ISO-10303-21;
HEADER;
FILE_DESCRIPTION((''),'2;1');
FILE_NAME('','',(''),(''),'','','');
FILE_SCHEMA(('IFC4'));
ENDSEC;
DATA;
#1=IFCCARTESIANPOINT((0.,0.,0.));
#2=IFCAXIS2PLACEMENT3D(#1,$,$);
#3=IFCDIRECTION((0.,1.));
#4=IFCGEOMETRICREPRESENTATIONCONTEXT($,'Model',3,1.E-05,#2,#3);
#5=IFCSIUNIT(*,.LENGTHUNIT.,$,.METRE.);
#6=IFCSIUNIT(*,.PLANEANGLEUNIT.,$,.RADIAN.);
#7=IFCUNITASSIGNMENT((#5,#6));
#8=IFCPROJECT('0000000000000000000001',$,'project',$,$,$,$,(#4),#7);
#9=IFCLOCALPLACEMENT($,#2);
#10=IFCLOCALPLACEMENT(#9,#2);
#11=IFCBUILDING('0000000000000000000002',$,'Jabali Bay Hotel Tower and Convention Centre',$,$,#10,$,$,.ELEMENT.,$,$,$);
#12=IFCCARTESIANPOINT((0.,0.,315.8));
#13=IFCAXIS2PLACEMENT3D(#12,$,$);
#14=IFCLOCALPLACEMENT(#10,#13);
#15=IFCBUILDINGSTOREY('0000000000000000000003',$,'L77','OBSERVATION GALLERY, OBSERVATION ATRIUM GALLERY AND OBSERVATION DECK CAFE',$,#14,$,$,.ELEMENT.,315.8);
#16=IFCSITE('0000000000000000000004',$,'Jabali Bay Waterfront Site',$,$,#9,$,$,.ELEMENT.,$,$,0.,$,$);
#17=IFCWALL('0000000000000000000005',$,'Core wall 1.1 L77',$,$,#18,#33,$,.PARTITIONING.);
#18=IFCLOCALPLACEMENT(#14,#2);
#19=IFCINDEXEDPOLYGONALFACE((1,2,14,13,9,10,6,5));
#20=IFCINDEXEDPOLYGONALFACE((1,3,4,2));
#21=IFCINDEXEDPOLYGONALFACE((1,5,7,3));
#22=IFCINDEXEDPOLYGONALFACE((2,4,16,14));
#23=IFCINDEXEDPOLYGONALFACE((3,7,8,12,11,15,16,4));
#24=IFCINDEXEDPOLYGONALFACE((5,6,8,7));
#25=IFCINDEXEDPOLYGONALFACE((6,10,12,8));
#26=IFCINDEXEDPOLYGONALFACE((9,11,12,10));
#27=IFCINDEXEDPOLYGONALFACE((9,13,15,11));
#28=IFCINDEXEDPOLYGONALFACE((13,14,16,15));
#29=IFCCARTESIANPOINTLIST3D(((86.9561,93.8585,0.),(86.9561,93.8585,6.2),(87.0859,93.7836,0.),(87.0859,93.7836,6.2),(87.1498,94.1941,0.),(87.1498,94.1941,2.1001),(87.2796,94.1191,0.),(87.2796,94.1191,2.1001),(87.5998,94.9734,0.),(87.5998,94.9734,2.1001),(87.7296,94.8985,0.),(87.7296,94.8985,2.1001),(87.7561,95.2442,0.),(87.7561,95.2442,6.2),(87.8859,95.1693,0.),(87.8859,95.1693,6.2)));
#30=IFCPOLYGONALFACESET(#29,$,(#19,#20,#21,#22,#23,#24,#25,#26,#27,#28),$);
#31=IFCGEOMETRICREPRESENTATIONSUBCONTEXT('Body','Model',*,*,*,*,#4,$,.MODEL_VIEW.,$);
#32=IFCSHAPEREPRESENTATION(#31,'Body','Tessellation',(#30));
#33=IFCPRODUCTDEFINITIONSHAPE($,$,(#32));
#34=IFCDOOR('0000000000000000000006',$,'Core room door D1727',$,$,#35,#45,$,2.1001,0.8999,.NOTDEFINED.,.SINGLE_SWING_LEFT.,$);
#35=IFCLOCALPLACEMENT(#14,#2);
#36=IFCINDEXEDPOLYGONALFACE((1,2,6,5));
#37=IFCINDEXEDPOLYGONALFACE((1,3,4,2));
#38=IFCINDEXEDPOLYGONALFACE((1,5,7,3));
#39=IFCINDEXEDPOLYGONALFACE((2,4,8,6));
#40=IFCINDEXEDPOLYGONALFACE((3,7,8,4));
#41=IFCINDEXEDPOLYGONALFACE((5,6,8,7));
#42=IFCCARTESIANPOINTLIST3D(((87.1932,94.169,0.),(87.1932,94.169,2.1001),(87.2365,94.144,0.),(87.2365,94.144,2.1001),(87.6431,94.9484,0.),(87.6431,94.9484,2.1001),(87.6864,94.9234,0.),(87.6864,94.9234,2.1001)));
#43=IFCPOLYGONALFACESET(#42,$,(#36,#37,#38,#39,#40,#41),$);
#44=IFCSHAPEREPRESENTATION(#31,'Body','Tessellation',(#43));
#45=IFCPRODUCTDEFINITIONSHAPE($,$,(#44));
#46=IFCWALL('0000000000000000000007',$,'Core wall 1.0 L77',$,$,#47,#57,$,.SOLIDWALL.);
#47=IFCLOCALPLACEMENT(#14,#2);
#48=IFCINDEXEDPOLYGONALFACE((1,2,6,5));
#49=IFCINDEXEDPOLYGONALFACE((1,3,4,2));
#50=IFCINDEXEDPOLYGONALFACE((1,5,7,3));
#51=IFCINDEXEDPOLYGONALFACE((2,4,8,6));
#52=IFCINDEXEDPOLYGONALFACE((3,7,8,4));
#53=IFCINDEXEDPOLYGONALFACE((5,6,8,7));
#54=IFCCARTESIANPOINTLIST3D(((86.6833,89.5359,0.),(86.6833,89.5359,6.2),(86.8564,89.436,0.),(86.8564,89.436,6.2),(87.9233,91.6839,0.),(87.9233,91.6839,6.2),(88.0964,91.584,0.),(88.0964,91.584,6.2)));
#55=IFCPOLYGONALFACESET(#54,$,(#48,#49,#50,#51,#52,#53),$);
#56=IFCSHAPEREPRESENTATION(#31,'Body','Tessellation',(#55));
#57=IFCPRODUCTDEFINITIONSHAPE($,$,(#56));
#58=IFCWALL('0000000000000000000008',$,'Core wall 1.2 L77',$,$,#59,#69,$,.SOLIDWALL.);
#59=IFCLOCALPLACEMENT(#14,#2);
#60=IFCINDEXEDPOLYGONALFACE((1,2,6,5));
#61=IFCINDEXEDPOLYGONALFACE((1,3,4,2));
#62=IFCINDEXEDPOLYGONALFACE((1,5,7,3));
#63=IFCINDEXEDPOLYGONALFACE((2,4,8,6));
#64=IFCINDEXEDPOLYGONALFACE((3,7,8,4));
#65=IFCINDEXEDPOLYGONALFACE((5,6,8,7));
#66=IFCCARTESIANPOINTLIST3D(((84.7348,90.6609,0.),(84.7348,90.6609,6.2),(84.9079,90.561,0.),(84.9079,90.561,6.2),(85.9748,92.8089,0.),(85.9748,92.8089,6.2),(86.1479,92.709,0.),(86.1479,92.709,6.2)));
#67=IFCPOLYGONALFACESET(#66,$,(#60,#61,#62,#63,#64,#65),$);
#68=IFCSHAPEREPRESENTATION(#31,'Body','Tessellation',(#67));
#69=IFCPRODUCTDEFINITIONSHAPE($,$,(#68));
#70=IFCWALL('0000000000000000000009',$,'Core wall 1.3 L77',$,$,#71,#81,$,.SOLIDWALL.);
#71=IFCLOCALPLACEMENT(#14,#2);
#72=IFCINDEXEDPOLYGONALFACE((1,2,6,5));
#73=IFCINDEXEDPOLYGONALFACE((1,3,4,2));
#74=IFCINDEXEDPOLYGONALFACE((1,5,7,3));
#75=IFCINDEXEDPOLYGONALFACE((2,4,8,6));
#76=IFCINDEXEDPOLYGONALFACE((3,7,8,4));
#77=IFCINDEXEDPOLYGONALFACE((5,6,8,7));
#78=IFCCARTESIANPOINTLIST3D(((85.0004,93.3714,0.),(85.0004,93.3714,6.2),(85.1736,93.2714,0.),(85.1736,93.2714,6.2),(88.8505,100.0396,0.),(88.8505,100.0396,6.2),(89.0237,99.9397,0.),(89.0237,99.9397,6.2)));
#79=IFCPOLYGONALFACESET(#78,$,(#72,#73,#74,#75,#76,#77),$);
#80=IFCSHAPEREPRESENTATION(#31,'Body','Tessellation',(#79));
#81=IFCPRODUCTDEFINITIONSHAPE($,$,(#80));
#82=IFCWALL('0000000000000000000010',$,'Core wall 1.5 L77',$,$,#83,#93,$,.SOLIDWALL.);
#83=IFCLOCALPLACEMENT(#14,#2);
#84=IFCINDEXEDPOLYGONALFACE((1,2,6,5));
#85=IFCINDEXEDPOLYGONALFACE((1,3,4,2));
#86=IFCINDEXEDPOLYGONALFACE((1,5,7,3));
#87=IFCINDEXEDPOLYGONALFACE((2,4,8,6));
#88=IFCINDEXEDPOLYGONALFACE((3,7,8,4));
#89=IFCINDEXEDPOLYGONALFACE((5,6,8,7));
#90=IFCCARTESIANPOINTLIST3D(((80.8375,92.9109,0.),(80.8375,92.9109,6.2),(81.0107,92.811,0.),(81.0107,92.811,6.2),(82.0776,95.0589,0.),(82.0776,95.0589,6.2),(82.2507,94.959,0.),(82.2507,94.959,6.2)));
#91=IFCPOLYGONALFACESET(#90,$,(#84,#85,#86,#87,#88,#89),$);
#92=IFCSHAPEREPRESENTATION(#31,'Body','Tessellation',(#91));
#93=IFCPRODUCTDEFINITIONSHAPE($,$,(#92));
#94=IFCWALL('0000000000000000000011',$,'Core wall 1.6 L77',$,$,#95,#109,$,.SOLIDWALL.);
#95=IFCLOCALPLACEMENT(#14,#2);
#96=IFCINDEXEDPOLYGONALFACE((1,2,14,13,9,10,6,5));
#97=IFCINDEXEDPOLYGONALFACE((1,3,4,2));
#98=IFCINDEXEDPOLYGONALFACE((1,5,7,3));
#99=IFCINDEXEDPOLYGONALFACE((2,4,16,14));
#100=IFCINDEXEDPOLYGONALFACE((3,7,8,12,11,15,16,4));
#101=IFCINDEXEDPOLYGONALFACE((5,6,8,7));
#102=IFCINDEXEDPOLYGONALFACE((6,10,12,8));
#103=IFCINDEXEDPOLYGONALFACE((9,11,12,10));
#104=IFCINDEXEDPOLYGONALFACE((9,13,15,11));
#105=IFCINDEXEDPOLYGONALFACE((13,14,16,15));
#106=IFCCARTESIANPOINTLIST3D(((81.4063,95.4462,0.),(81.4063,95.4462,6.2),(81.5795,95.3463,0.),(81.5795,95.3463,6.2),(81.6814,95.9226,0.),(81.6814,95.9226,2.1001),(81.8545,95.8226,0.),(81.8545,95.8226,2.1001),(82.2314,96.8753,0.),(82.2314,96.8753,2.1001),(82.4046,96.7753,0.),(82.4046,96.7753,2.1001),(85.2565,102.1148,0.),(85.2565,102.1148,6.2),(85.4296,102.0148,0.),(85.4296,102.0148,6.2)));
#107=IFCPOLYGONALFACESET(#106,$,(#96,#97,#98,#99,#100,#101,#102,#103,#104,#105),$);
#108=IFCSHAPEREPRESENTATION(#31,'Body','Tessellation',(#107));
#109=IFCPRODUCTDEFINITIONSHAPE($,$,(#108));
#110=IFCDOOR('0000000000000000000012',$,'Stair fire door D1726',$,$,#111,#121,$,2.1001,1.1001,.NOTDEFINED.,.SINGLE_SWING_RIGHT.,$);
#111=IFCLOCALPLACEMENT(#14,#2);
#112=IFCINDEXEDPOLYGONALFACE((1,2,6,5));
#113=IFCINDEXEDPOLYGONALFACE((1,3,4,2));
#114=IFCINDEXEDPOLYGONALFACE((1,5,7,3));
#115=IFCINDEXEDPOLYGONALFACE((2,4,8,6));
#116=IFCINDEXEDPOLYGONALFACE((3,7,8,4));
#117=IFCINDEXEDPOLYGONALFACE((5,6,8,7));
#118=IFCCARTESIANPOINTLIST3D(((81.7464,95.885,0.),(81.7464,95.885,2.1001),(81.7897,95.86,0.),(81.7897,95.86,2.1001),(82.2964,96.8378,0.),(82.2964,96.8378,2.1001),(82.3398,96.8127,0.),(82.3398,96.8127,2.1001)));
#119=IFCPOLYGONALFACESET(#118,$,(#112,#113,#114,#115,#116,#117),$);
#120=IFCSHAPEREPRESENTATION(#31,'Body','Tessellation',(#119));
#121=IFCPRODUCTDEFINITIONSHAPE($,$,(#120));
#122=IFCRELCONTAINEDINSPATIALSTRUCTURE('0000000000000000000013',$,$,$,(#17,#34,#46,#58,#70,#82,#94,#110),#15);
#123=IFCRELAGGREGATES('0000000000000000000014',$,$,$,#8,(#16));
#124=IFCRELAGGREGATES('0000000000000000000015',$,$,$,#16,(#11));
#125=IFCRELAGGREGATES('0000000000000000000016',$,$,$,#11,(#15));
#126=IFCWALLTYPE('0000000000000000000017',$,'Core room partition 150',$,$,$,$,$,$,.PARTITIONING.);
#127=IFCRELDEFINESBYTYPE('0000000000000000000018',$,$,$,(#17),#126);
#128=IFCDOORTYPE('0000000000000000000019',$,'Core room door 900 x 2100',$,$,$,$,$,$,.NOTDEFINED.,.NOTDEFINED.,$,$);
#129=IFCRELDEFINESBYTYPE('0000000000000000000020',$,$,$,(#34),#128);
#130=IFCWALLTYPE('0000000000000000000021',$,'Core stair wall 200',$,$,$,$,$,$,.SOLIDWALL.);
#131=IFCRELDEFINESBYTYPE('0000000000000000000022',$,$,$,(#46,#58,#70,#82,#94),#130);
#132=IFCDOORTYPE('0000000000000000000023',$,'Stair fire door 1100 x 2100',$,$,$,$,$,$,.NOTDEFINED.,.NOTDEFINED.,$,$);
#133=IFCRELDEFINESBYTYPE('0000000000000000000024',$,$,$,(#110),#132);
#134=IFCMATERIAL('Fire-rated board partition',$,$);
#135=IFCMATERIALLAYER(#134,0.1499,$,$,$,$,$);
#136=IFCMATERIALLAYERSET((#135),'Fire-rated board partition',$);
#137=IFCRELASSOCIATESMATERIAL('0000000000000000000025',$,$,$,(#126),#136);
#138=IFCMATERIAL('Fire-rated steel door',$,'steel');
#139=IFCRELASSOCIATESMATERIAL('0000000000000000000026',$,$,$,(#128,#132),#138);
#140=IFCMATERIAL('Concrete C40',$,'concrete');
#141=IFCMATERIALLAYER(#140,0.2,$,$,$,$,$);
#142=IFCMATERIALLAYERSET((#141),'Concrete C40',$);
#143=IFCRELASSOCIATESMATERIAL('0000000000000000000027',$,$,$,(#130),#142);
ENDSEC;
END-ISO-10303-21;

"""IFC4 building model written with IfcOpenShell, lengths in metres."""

from ifc_helpers import new_model, si_unit, direction, frame, frame_2d, origin, place, context, subcontext, project, spatial, rectangle, extrude, material, layer, layer_set, type_object, element, fill, save


model = new_model("IFC4")

# Units and contexts
model_context = context("Model", 3, precision=1e-05, world=origin(), true_north=direction((0.0, 1.0)))
body_context = subcontext(model_context, "Body", "Model", "MODEL_VIEW")
ifc_project = project(units=[si_unit("LENGTHUNIT", "METRE"), si_unit("PLANEANGLEUNIT", "RADIAN")], contexts=[model_context])

# Site, building, storey
site_placement = place(None, origin())
site = spatial("IfcSite", under=ifc_project, at=site_placement, Name="Jabali Bay Waterfront Site", CompositionType="ELEMENT", RefElevation=0.0)
building_placement = place(site_placement, origin())
building = spatial("IfcBuilding", under=site, at=building_placement, Name="Jabali Bay Hotel Tower and Convention Centre", CompositionType="ELEMENT")
storey_placement = place(building_placement, frame((0.0, 0.0, 315.8)))
storey = spatial("IfcBuildingStorey", under=building, at=storey_placement, Name="L77", Description="OBSERVATION GALLERY, OBSERVATION ATRIUM GALLERY AND OBSERVATION DECK CAFE", CompositionType="ELEMENT", Elevation=315.8)

# Wall, opening, door
ifc_material_1 = material(Name="Fire-rated board partition")
ifc_layer_1 = layer(ifc_material_1, 0.1499)
ifc_layer_set_1 = layer_set([ifc_layer_1], Name="Fire-rated board partition")
wall_type_1 = type_object("IfcWallType", Name="Core room partition 150", PredefinedType="PARTITIONING", material=ifc_layer_set_1)
wall_1_placement = place(storey_placement, frame((87.021, 93.821, 0.0), z_axis=(0.0, 0.0, 1.0), x_axis=(0.499995, 0.866028, 0.0)))
wall_1 = element("IfcWall", 1, at=wall_1_placement, inside=storey, type_object=wall_type_1, Name="Core wall 1.1 L77", PredefinedType="PARTITIONING", context=body_context, shape_type="SweptSolid", body=[
    extrude(rectangle(XDim=1.6001, YDim=0.1499, at=frame_2d((0.8, 0.0))), origin(), (0.0, 0.0, 1.0), 6.2),
])
opening_1_placement = place(wall_1_placement, frame((0.3875, 0.0, 0.0)))
opening_1 = element("IfcOpeningElement", 2, at=opening_1_placement, cuts=wall_1, PredefinedType="OPENING", context=body_context, shape_type="SweptSolid", body=[
    extrude(rectangle(XDim=0.8999, YDim=2.1001, at=frame_2d((0.45, 1.05))), frame((0.0, 0.0854, 0.0), z_axis=(0.0, -1.0, 0.0), x_axis=(1.0, 0.0, 0.0)), (0.0, 0.0, 1.0), 0.1709),
])
ifc_material_2 = material(Name="Fire-rated steel door", Category="steel")
door_type_1 = type_object("IfcDoorType", Name="Core room door 900 x 2100", OperationType="NOTDEFINED", PredefinedType="NOTDEFINED", material=ifc_material_2)
door_1_placement = place(opening_1_placement, origin())
door_1 = element("IfcDoor", 3, at=door_1_placement, inside=storey, type_object=door_type_1, Name="Core room door D1727", OperationType="SINGLE_SWING_LEFT", OverallHeight=2.1001, OverallWidth=0.8999, PredefinedType="NOTDEFINED", context=body_context, shape_type="SweptSolid", body=[
    extrude(rectangle(XDim=0.8999, YDim=2.1001, at=frame_2d((0.45, 1.05))), frame((0.0, 0.0249, 0.0), z_axis=(0.0, -1.0, 0.0), x_axis=(1.0, 0.0, 0.0)), (0.0, 0.0, 1.0), 0.05),
])
fill(opening_1, door_1)

# Walls
ifc_material_3 = material(Name="Concrete C40", Category="concrete")
ifc_layer_2 = layer(ifc_material_3, 0.2)
ifc_layer_set_2 = layer_set([ifc_layer_2], Name="Concrete C40")
wall_type_2 = type_object("IfcWallType", Name="Core stair wall 200", PredefinedType="SOLIDWALL", material=ifc_layer_set_2)
for number, where, z_axis, x_axis, name in (
    (4, (86.7698, 89.4858, 0.0), (0.0, 0.0, 1.0), (0.499961, 0.866048, 0.0), "Core wall 1.0 L77"),
    (5, (84.8213, 90.6108, 0.0), (0.0, 0.0, 1.0), (0.499961, 0.866048, 0.0), "Core wall 1.2 L77"),
):
    element("IfcWall", number, at=place(storey_placement, frame(where, z_axis=z_axis, x_axis=x_axis)), inside=storey, type_object=wall_type_2, Name=name, PredefinedType="SOLIDWALL", context=body_context, shape_type="SweptSolid", body=[
        extrude(rectangle(XDim=2.4802, YDim=0.2, at=frame_2d((1.2402, 0.0))), origin(), (0.0, 0.0, 1.0), 6.2),
    ])
wall_2_placement = place(storey_placement, frame((85.0869, 93.3213, 0.0), z_axis=(0.0, 0.0, 1.0), x_axis=(0.50002, 0.866014, 0.0)))
element("IfcWall", 6, at=wall_2_placement, inside=storey, type_object=wall_type_2, Name="Core wall 1.3 L77", PredefinedType="SOLIDWALL", context=body_context, shape_type="SweptSolid", body=[
    extrude(rectangle(XDim=7.7, YDim=0.2, at=frame_2d((3.8501, 0.0))), origin(), (0.0, 0.0, 1.0), 6.2),
])
wall_3_placement = place(storey_placement, frame((80.9241, 92.8608, 0.0), z_axis=(0.0, 0.0, 1.0), x_axis=(0.499961, 0.866048, 0.0)))
element("IfcWall", 7, at=wall_3_placement, inside=storey, type_object=wall_type_2, Name="Core wall 1.5 L77", PredefinedType="SOLIDWALL", context=body_context, shape_type="SweptSolid", body=[
    extrude(rectangle(XDim=2.4802, YDim=0.2, at=frame_2d((1.2402, 0.0))), origin(), (0.0, 0.0, 1.0), 6.2),
])

# Wall, opening, door
wall_4_placement = place(storey_placement, frame((81.4929, 95.3962, 0.0), z_axis=(0.0, 0.0, 1.0), x_axis=(0.500006, 0.866022, 0.0)))
wall_4 = element("IfcWall", 8, at=wall_4_placement, inside=storey, type_object=wall_type_2, Name="Core wall 1.6 L77", PredefinedType="SOLIDWALL", context=body_context, shape_type="SweptSolid", body=[
    extrude(rectangle(XDim=7.7002, YDim=0.2, at=frame_2d((3.8501, 0.0))), origin(), (0.0, 0.0, 1.0), 6.2),
])
opening_2_placement = place(wall_4_placement, frame((0.55, 0.0, 0.0)))
opening_2 = element("IfcOpeningElement", 9, at=opening_2_placement, cuts=wall_4, PredefinedType="OPENING", context=body_context, shape_type="SweptSolid", body=[
    extrude(rectangle(XDim=1.1001, YDim=2.1001, at=frame_2d((0.55, 1.05))), frame((0.0, 0.1104, 0.0), z_axis=(0.0, -1.0, 0.0), x_axis=(1.0, 0.0, 0.0)), (0.0, 0.0, 1.0), 0.2209),
])
door_type_2 = type_object("IfcDoorType", Name="Stair fire door 1100 x 2100", OperationType="NOTDEFINED", PredefinedType="NOTDEFINED", material=ifc_material_2)
door_2_placement = place(opening_2_placement, origin())
door_2 = element("IfcDoor", 10, at=door_2_placement, inside=storey, type_object=door_type_2, Name="Stair fire door D1726", OperationType="SINGLE_SWING_RIGHT", OverallHeight=2.1001, OverallWidth=1.1001, PredefinedType="NOTDEFINED", context=body_context, shape_type="SweptSolid", body=[
    extrude(rectangle(XDim=1.1001, YDim=2.1001, at=frame_2d((0.55, 1.05))), frame((0.0, 0.0249, 0.0), z_axis=(0.0, -1.0, 0.0), x_axis=(1.0, 0.0, 0.0)), (0.0, 0.0, 1.0), 0.05),
])
fill(opening_2, door_2)

save(model, "model.ifc")
